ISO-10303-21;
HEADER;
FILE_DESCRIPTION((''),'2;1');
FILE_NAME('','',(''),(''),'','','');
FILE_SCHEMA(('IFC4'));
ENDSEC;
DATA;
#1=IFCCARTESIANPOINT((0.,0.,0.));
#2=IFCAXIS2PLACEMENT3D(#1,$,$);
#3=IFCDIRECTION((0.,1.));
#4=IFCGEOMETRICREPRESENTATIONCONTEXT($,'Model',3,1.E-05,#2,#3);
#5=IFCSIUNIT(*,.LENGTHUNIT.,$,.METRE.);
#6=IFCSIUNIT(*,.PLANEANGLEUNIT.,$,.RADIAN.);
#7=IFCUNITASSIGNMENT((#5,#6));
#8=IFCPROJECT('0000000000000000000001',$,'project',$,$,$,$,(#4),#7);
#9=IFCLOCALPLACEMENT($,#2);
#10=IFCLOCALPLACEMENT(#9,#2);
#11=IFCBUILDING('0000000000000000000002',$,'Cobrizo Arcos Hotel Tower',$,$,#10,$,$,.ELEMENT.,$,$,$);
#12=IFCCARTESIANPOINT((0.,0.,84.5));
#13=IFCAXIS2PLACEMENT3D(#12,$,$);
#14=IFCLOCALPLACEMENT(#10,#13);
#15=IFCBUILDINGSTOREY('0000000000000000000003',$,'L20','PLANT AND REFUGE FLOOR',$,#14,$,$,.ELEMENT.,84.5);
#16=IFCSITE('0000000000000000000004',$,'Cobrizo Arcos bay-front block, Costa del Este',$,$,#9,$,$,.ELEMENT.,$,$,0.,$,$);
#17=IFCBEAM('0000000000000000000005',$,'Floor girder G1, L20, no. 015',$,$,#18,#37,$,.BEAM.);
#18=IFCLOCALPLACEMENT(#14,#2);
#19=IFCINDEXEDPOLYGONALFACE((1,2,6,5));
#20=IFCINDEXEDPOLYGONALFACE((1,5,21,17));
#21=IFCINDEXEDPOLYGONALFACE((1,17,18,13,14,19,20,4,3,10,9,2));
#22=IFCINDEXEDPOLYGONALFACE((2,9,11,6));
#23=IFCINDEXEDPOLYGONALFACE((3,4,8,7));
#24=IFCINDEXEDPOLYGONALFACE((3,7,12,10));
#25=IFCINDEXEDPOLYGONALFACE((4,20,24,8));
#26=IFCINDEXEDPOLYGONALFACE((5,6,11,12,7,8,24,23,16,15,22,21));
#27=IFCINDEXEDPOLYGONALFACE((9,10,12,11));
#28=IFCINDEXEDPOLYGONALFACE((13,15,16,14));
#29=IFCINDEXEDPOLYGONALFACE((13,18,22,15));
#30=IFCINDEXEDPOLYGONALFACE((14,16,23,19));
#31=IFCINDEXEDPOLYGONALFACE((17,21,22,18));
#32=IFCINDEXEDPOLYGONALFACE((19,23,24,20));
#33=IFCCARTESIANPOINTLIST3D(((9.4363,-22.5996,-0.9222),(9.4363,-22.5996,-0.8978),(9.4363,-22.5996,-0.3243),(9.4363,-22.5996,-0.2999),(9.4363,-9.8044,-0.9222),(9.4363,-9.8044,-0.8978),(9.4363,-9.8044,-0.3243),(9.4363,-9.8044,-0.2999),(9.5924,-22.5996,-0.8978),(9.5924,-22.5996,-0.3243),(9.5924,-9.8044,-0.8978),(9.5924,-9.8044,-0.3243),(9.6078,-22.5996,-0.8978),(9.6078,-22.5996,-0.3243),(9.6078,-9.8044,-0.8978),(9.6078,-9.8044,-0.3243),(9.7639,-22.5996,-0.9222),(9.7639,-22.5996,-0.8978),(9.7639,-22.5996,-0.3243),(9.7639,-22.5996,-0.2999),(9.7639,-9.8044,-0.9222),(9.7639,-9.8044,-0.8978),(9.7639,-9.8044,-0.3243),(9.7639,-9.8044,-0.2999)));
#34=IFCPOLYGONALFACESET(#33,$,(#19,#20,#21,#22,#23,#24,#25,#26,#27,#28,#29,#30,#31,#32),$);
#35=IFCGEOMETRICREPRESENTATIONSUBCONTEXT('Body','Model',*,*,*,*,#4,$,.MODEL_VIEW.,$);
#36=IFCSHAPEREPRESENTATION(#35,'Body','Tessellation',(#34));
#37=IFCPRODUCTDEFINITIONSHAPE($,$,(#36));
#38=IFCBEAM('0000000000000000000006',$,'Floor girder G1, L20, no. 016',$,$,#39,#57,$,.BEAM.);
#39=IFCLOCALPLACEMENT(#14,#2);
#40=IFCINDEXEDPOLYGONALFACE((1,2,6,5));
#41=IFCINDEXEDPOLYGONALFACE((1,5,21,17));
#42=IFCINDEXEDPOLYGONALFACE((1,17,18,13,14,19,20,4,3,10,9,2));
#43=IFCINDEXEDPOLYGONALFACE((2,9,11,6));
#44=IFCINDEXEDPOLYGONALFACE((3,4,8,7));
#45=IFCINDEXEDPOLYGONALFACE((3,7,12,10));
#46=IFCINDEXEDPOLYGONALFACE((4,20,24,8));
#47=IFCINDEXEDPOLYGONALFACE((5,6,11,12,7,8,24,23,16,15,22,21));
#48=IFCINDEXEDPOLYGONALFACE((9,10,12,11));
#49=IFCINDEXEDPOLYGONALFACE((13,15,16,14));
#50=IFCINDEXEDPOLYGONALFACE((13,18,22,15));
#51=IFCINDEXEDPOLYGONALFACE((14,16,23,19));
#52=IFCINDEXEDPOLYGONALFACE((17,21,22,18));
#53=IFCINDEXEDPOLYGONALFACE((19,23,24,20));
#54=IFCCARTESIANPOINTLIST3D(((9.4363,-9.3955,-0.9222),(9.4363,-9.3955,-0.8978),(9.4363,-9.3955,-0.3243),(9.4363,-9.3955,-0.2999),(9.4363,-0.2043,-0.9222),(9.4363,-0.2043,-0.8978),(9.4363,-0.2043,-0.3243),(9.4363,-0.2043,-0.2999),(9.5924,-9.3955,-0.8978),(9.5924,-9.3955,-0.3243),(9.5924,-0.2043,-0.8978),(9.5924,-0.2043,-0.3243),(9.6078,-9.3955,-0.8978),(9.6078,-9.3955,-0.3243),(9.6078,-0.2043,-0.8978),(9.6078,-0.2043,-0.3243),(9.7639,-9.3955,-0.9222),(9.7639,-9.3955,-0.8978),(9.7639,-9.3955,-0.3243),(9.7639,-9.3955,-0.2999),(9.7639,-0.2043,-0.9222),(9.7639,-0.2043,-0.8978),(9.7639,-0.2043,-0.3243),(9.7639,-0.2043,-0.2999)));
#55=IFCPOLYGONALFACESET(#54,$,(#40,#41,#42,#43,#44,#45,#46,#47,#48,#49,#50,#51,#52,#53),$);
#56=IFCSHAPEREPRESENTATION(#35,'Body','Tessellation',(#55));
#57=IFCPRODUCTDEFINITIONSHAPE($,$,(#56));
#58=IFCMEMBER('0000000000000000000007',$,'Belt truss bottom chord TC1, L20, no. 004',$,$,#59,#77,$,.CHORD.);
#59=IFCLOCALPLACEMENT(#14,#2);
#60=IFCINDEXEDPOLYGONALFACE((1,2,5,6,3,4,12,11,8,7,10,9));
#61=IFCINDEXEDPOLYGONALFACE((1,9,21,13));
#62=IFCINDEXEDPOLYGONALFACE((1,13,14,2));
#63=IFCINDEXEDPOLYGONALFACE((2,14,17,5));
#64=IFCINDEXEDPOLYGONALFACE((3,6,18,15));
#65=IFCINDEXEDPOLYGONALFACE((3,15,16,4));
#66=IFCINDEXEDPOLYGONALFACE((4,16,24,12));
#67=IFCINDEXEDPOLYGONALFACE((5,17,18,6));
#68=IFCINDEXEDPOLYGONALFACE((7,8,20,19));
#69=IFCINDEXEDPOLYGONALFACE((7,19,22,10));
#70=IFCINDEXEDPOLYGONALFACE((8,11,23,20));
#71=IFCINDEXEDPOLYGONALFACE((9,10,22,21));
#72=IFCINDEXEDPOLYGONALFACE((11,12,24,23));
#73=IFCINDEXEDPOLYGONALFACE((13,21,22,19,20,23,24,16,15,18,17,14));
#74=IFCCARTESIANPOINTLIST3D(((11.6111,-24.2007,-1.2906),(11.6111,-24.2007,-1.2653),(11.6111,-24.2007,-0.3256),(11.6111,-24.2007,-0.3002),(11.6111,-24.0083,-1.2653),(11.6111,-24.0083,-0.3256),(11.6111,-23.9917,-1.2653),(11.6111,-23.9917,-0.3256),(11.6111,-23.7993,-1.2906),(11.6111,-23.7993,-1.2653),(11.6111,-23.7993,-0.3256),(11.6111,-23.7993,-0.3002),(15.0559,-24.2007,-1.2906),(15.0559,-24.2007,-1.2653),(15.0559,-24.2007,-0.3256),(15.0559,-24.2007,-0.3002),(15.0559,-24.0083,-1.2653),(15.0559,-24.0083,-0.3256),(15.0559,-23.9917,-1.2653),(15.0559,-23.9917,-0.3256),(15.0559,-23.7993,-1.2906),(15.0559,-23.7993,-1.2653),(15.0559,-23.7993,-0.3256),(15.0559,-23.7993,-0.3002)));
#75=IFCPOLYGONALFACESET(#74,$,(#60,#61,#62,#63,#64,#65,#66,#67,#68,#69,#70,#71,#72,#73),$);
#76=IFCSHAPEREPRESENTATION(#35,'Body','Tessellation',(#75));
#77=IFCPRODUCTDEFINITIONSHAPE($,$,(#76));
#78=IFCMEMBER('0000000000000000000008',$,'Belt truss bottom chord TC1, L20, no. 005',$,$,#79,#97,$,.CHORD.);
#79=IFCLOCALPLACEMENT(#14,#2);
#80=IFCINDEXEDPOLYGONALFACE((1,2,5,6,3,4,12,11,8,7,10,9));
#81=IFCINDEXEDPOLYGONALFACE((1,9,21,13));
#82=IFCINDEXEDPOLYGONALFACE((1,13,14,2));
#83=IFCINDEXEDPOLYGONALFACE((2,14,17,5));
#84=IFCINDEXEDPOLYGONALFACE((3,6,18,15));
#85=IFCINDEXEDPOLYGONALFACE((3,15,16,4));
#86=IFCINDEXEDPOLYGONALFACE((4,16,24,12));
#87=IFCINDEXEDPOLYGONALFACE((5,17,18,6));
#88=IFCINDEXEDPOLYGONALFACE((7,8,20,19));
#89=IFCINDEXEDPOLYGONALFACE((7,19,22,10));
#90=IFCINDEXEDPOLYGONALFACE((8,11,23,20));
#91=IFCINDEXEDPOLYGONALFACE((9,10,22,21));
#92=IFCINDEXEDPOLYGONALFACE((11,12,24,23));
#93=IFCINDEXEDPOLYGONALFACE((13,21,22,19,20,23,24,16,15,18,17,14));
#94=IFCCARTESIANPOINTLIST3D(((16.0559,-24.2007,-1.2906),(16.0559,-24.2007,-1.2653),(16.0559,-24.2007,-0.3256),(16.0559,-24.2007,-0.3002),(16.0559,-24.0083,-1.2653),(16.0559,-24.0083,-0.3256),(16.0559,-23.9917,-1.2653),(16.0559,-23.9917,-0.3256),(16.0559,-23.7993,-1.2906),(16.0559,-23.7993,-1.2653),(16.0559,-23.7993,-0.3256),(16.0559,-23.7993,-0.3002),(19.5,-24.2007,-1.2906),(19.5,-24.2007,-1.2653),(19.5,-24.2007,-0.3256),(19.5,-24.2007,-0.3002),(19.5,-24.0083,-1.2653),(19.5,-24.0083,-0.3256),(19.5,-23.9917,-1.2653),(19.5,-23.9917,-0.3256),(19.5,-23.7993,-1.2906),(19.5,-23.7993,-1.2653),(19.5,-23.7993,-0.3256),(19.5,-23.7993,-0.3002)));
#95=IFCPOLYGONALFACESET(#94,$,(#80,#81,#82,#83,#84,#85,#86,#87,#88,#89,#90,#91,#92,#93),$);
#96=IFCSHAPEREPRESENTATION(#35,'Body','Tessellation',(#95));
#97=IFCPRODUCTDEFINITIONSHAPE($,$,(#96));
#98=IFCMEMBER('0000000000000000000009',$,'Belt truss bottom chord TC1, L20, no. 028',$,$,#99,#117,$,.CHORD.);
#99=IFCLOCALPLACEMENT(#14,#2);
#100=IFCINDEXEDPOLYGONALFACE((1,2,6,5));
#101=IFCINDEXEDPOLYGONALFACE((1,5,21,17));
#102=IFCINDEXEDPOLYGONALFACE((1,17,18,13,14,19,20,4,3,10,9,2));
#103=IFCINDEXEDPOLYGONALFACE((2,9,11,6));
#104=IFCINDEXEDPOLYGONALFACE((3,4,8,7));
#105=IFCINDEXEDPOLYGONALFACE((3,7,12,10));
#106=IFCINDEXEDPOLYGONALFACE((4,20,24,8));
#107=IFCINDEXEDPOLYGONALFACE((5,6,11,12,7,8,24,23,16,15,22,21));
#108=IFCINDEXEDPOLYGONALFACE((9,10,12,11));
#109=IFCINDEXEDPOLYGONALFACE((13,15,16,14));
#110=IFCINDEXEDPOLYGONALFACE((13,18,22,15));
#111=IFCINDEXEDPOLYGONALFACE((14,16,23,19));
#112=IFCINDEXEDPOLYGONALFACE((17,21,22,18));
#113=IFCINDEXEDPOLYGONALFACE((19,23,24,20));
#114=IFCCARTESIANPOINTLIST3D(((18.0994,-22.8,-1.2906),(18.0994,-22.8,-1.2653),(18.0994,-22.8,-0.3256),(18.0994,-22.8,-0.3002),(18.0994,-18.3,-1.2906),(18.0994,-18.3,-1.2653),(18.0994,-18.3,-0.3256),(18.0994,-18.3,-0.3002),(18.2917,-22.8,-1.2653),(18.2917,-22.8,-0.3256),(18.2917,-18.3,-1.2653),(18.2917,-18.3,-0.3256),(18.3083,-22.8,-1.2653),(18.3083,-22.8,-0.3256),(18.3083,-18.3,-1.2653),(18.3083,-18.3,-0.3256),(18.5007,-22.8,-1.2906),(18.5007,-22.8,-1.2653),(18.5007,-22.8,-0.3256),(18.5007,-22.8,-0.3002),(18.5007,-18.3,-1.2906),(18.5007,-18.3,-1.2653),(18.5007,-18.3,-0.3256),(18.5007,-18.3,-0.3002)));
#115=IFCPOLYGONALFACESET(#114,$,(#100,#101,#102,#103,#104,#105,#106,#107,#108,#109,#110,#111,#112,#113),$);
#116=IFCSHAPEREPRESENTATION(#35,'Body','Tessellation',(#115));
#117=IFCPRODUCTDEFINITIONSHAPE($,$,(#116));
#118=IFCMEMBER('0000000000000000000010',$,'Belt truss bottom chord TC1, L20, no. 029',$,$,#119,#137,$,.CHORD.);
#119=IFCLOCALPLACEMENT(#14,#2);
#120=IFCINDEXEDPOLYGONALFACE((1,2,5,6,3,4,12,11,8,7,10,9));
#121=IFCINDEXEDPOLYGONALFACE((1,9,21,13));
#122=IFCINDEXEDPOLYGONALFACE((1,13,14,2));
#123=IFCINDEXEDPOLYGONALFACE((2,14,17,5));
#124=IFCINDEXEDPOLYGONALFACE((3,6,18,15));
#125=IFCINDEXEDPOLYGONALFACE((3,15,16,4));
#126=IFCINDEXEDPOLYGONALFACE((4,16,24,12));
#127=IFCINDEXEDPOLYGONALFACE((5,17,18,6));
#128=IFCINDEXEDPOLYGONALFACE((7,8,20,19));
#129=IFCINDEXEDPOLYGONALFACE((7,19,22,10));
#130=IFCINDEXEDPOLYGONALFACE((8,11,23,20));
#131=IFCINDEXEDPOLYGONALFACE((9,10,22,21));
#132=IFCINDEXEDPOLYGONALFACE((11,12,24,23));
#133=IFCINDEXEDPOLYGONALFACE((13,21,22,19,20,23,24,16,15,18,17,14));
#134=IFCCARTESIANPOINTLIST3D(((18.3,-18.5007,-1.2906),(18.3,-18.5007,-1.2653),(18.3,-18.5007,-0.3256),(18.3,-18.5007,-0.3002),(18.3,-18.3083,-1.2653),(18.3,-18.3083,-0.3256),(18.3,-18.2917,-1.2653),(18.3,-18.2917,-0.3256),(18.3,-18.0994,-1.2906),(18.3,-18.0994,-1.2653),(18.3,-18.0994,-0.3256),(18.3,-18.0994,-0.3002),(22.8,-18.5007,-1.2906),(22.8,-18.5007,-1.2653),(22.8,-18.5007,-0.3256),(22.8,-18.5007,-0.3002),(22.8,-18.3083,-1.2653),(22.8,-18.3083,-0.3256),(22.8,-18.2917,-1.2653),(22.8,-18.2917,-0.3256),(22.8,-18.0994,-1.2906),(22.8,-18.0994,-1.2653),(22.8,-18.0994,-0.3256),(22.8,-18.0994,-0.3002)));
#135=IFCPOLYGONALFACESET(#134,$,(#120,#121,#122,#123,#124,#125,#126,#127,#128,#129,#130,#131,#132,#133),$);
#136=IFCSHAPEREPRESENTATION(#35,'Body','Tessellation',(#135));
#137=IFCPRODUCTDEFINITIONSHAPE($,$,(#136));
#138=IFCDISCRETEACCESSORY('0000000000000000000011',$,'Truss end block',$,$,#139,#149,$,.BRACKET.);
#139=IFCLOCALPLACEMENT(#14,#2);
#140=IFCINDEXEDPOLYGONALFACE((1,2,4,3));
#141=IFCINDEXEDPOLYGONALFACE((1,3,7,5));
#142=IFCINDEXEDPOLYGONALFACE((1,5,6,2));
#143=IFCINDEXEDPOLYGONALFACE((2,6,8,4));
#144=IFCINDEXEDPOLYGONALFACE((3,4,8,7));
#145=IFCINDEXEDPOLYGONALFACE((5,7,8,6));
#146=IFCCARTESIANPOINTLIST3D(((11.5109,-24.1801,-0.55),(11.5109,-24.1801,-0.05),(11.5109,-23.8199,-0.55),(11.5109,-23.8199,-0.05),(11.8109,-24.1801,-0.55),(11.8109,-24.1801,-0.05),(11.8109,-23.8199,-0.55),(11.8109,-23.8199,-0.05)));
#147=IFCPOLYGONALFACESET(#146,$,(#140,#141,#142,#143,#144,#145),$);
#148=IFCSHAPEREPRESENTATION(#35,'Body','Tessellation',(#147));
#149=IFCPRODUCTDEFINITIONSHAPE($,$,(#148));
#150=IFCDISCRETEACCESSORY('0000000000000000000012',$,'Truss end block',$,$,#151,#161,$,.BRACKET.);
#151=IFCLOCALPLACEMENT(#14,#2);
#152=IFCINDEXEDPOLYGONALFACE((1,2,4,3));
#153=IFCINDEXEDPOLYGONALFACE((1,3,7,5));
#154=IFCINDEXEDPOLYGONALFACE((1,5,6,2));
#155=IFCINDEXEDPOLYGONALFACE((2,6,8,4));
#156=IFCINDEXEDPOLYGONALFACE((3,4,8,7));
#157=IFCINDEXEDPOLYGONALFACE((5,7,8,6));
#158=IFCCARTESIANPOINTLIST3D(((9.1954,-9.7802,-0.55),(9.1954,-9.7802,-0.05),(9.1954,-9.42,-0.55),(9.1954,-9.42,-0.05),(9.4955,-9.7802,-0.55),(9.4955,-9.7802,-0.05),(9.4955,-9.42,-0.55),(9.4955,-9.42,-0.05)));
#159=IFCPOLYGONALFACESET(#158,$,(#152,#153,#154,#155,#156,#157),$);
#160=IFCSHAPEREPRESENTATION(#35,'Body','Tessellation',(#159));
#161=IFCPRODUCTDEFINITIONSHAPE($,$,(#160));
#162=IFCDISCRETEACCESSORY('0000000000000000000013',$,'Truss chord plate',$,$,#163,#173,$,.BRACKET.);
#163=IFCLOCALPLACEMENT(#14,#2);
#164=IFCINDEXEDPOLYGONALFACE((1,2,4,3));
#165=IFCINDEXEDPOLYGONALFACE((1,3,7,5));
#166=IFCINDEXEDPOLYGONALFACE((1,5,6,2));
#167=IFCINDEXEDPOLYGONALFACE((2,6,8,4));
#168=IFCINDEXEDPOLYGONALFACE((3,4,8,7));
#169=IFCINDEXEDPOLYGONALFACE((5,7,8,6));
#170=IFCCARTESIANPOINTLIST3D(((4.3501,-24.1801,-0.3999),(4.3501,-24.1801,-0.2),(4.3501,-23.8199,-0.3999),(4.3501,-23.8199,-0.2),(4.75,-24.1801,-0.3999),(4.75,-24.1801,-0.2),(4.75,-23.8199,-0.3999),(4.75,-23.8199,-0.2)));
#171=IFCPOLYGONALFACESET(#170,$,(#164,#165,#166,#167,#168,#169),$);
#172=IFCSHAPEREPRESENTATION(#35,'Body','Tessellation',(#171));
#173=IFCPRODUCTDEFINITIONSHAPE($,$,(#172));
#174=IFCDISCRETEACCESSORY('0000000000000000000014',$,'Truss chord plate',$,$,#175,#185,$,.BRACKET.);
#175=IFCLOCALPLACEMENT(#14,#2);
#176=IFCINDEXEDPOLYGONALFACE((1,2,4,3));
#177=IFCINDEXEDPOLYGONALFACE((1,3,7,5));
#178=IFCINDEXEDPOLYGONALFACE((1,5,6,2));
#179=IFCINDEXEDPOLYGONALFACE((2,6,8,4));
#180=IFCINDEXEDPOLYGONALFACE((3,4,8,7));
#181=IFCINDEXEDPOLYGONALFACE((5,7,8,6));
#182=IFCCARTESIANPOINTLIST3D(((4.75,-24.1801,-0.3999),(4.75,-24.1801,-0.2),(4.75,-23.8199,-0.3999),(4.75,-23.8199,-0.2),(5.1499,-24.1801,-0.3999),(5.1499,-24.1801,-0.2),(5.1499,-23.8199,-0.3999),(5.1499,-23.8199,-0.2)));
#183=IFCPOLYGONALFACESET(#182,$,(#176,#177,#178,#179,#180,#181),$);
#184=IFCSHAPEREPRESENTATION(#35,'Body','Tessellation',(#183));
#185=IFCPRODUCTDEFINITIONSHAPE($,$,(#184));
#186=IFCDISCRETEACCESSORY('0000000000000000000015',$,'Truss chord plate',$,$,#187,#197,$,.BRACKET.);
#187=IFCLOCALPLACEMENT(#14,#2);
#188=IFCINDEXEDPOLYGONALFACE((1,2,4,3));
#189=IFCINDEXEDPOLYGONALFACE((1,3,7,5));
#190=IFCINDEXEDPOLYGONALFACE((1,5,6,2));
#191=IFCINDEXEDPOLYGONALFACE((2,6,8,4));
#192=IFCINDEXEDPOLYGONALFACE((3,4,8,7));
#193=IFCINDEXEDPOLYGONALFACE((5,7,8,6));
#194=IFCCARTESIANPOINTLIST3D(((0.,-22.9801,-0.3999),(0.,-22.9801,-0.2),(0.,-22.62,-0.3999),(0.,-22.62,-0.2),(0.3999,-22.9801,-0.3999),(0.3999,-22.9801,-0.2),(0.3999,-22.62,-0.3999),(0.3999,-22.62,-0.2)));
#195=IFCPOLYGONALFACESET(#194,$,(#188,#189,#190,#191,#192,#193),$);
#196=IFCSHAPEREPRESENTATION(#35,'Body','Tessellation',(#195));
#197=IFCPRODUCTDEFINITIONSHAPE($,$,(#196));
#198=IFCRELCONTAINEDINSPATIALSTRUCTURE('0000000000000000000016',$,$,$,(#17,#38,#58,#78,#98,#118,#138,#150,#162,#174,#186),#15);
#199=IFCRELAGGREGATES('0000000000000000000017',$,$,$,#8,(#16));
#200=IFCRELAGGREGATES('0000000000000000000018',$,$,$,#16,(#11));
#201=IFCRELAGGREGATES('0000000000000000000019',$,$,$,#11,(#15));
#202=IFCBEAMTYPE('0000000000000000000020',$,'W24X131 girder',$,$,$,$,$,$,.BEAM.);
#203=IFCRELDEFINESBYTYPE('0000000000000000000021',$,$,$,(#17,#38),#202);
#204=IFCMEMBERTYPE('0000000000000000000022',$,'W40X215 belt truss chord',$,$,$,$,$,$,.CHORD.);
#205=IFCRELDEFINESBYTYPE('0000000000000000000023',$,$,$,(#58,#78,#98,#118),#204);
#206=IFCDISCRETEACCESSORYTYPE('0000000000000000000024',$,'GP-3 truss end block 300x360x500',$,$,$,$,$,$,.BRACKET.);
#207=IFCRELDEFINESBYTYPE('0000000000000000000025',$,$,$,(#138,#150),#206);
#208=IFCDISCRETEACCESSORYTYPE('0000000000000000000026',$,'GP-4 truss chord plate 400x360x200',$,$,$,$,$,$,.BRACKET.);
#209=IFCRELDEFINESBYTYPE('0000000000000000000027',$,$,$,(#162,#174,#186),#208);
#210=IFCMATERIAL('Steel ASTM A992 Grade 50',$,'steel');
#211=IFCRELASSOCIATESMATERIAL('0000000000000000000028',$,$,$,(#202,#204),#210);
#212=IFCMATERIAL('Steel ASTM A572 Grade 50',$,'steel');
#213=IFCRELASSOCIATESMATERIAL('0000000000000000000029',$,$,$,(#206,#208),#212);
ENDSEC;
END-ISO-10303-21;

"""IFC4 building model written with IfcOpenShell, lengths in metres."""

from ifc_helpers import new_model, si_unit, direction, frame, origin, origin_2d, place, context, subcontext, project, spatial, rectangle, i_section, extrude, material, material_profile, profile_set, type_object, element, save


model = new_model("IFC4")

# Units and contexts
model_context = context("Model", 3, precision=1e-05, world=origin(), true_north=direction((0.0, 1.0)))
body_context = subcontext(model_context, "Body", "Model", "MODEL_VIEW")
ifc_project = project(units=[si_unit("LENGTHUNIT", "METRE"), si_unit("PLANEANGLEUNIT", "RADIAN")], contexts=[model_context])

# Site, building, storey
site_placement = place(None, origin())
site = spatial("IfcSite", under=ifc_project, at=site_placement, Name="Cobrizo Arcos bay-front block, Costa del Este", CompositionType="ELEMENT", RefElevation=0.0)
building_placement = place(site_placement, origin())
building = spatial("IfcBuilding", under=site, at=building_placement, Name="Cobrizo Arcos Hotel Tower", CompositionType="ELEMENT")
storey_placement = place(building_placement, frame((0.0, 0.0, 84.5)))
storey = spatial("IfcBuildingStorey", under=building, at=storey_placement, Name="L20", Description="PLANT AND REFUGE FLOOR", CompositionType="ELEMENT", Elevation=84.5)

# Shared definitions
ifc_material_1 = material(Name="Steel ASTM A572 Grade 50", Category="steel")

# Beams
ifc_material_2 = material(Name="Steel ASTM A992 Grade 50", Category="steel")
ifc_material_profile_1 = material_profile(ifc_material_2, i_section(OverallWidth=0.3276, OverallDepth=0.6223, WebThickness=0.0154, FlangeThickness=0.0244, at=origin_2d()), Name="W24X131")
ifc_profile_set_1 = profile_set([ifc_material_profile_1], Name="Steel ASTM A992 Grade 50")
beam_type_1 = type_object("IfcBeamType", Name="W24X131 girder", PredefinedType="BEAM", material=ifc_profile_set_1)
beam_1_placement = place(storey_placement, frame((9.6001, -22.5996, -0.6111), z_axis=(0.0, 1.0, 0.0), x_axis=(-1.0, 0.0, 0.0)))
element("IfcBeam", 1, at=beam_1_placement, inside=storey, type_object=beam_type_1, Name="Floor girder G1, L20, no. 015", PredefinedType="BEAM", context=body_context, shape_type="SweptSolid", body=[
    extrude(i_section(OverallWidth=0.3276, OverallDepth=0.6223, WebThickness=0.0154, FlangeThickness=0.0244, at=origin_2d()), origin(), (0.0, 0.0, 1.0), 12.7952),
])
beam_2_placement = place(storey_placement, frame((9.6001, -9.3955, -0.6111), z_axis=(0.0, 1.0, 0.0), x_axis=(-1.0, 0.0, 0.0)))
element("IfcBeam", 2, at=beam_2_placement, inside=storey, type_object=beam_type_1, Name="Floor girder G1, L20, no. 016", PredefinedType="BEAM", context=body_context, shape_type="SweptSolid", body=[
    extrude(i_section(OverallWidth=0.3276, OverallDepth=0.6223, WebThickness=0.0154, FlangeThickness=0.0244, at=origin_2d()), origin(), (0.0, 0.0, 1.0), 9.1912),
])

# Members
ifc_material_profile_2 = material_profile(ifc_material_2, i_section(OverallWidth=0.4014, OverallDepth=0.9905, WebThickness=0.0166, FlangeThickness=0.0254, at=origin_2d()), Name="W40X215")
ifc_profile_set_2 = profile_set([ifc_material_profile_2], Name="Steel ASTM A992 Grade 50")
member_type_1 = type_object("IfcMemberType", Name="W40X215 belt truss chord", PredefinedType="CHORD", material=ifc_profile_set_2)
member_1_placement = place(storey_placement, frame((11.6111, -24.0, -0.7954), z_axis=(1.0, 0.0, 0.0), x_axis=(0.0, 1.0, 0.0)))
element("IfcMember", 3, at=member_1_placement, inside=storey, type_object=member_type_1, Name="Belt truss bottom chord TC1, L20, no. 004", PredefinedType="CHORD", context=body_context, shape_type="SweptSolid", body=[
    extrude(i_section(OverallWidth=0.4014, OverallDepth=0.9905, WebThickness=0.0166, FlangeThickness=0.0254, at=origin_2d()), origin(), (0.0, 0.0, 1.0), 3.4448),
])
member_2_placement = place(storey_placement, frame((16.0559, -24.0, -0.7954), z_axis=(1.0, 0.0, 0.0), x_axis=(0.0, 1.0, 0.0)))
element("IfcMember", 4, at=member_2_placement, inside=storey, type_object=member_type_1, Name="Belt truss bottom chord TC1, L20, no. 005", PredefinedType="CHORD", context=body_context, shape_type="SweptSolid", body=[
    extrude(i_section(OverallWidth=0.4014, OverallDepth=0.9905, WebThickness=0.0166, FlangeThickness=0.0254, at=origin_2d()), origin(), (0.0, 0.0, 1.0), 3.4441),
])
for number, where, z_axis, x_axis, name in (
    (5, (18.3, -22.8, -0.7954), (0.0, 1.0, 0.0), (-1.0, 0.0, 0.0), "Belt truss bottom chord TC1, L20, no. 028"),
    (6, (18.3, -18.3, -0.7954), (1.0, 0.0, 0.0), (0.0, 1.0, 0.0), "Belt truss bottom chord TC1, L20, no. 029"),
):
    element("IfcMember", number, at=place(storey_placement, frame(where, z_axis=z_axis, x_axis=x_axis)), inside=storey, type_object=member_type_1, Name=name, PredefinedType="CHORD", context=body_context, shape_type="SweptSolid", body=[
        extrude(i_section(OverallWidth=0.4014, OverallDepth=0.9905, WebThickness=0.0166, FlangeThickness=0.0254, at=origin_2d()), origin(), (0.0, 0.0, 1.0), 4.5),
    ])

# Discrete accessories
discrete_accessory_type_1 = type_object("IfcDiscreteAccessoryType", Name="GP-3 truss end block 300x360x500", PredefinedType="BRACKET", material=ifc_material_1)
for number, where, z_axis, x_axis, name in (
    (7, (11.6609, -24.0, -0.55), (0.0, 0.0, 1.0), (1.0, 0.0, 0.0), "Truss end block"),
    (8, (9.3455, -9.6001, -0.55), (0.0, 0.0, 1.0), (-1.0, 0.0, 0.0), "Truss end block"),
):
    element("IfcDiscreteAccessory", number, at=place(storey_placement, frame(where, z_axis=z_axis, x_axis=x_axis)), inside=storey, type_object=discrete_accessory_type_1, Name=name, PredefinedType="BRACKET", context=body_context, shape_type="SweptSolid", body=[
        extrude(rectangle(XDim=0.3, YDim=0.3601, at=origin_2d()), origin(), (0.0, 0.0, 1.0), 0.5),
    ])
discrete_accessory_type_2 = type_object("IfcDiscreteAccessoryType", Name="GP-4 truss chord plate 400x360x200", PredefinedType="BRACKET", material=ifc_material_1)
for number, where, z_axis, x_axis, name in (
    (9, (4.55, -24.0, -0.3999), (0.0, 0.0, 1.0), (1.0, 0.0, 0.0), "Truss chord plate"),
    (10, (4.95, -24.0, -0.3999), (0.0, 0.0, 1.0), (1.0, 0.0, 0.0), "Truss chord plate"),
    (11, (0.2, -22.8, -0.3999), (0.0, 0.0, 1.0), (1.0, 0.0, 0.0), "Truss chord plate"),
):
    element("IfcDiscreteAccessory", number, at=place(storey_placement, frame(where, z_axis=z_axis, x_axis=x_axis)), inside=storey, type_object=discrete_accessory_type_2, Name=name, PredefinedType="BRACKET", context=body_context, shape_type="SweptSolid", body=[
        extrude(rectangle(XDim=0.3999, YDim=0.3601, at=origin_2d()), origin(), (0.0, 0.0, 1.0), 0.2),
    ])

save(model, "model.ifc")
